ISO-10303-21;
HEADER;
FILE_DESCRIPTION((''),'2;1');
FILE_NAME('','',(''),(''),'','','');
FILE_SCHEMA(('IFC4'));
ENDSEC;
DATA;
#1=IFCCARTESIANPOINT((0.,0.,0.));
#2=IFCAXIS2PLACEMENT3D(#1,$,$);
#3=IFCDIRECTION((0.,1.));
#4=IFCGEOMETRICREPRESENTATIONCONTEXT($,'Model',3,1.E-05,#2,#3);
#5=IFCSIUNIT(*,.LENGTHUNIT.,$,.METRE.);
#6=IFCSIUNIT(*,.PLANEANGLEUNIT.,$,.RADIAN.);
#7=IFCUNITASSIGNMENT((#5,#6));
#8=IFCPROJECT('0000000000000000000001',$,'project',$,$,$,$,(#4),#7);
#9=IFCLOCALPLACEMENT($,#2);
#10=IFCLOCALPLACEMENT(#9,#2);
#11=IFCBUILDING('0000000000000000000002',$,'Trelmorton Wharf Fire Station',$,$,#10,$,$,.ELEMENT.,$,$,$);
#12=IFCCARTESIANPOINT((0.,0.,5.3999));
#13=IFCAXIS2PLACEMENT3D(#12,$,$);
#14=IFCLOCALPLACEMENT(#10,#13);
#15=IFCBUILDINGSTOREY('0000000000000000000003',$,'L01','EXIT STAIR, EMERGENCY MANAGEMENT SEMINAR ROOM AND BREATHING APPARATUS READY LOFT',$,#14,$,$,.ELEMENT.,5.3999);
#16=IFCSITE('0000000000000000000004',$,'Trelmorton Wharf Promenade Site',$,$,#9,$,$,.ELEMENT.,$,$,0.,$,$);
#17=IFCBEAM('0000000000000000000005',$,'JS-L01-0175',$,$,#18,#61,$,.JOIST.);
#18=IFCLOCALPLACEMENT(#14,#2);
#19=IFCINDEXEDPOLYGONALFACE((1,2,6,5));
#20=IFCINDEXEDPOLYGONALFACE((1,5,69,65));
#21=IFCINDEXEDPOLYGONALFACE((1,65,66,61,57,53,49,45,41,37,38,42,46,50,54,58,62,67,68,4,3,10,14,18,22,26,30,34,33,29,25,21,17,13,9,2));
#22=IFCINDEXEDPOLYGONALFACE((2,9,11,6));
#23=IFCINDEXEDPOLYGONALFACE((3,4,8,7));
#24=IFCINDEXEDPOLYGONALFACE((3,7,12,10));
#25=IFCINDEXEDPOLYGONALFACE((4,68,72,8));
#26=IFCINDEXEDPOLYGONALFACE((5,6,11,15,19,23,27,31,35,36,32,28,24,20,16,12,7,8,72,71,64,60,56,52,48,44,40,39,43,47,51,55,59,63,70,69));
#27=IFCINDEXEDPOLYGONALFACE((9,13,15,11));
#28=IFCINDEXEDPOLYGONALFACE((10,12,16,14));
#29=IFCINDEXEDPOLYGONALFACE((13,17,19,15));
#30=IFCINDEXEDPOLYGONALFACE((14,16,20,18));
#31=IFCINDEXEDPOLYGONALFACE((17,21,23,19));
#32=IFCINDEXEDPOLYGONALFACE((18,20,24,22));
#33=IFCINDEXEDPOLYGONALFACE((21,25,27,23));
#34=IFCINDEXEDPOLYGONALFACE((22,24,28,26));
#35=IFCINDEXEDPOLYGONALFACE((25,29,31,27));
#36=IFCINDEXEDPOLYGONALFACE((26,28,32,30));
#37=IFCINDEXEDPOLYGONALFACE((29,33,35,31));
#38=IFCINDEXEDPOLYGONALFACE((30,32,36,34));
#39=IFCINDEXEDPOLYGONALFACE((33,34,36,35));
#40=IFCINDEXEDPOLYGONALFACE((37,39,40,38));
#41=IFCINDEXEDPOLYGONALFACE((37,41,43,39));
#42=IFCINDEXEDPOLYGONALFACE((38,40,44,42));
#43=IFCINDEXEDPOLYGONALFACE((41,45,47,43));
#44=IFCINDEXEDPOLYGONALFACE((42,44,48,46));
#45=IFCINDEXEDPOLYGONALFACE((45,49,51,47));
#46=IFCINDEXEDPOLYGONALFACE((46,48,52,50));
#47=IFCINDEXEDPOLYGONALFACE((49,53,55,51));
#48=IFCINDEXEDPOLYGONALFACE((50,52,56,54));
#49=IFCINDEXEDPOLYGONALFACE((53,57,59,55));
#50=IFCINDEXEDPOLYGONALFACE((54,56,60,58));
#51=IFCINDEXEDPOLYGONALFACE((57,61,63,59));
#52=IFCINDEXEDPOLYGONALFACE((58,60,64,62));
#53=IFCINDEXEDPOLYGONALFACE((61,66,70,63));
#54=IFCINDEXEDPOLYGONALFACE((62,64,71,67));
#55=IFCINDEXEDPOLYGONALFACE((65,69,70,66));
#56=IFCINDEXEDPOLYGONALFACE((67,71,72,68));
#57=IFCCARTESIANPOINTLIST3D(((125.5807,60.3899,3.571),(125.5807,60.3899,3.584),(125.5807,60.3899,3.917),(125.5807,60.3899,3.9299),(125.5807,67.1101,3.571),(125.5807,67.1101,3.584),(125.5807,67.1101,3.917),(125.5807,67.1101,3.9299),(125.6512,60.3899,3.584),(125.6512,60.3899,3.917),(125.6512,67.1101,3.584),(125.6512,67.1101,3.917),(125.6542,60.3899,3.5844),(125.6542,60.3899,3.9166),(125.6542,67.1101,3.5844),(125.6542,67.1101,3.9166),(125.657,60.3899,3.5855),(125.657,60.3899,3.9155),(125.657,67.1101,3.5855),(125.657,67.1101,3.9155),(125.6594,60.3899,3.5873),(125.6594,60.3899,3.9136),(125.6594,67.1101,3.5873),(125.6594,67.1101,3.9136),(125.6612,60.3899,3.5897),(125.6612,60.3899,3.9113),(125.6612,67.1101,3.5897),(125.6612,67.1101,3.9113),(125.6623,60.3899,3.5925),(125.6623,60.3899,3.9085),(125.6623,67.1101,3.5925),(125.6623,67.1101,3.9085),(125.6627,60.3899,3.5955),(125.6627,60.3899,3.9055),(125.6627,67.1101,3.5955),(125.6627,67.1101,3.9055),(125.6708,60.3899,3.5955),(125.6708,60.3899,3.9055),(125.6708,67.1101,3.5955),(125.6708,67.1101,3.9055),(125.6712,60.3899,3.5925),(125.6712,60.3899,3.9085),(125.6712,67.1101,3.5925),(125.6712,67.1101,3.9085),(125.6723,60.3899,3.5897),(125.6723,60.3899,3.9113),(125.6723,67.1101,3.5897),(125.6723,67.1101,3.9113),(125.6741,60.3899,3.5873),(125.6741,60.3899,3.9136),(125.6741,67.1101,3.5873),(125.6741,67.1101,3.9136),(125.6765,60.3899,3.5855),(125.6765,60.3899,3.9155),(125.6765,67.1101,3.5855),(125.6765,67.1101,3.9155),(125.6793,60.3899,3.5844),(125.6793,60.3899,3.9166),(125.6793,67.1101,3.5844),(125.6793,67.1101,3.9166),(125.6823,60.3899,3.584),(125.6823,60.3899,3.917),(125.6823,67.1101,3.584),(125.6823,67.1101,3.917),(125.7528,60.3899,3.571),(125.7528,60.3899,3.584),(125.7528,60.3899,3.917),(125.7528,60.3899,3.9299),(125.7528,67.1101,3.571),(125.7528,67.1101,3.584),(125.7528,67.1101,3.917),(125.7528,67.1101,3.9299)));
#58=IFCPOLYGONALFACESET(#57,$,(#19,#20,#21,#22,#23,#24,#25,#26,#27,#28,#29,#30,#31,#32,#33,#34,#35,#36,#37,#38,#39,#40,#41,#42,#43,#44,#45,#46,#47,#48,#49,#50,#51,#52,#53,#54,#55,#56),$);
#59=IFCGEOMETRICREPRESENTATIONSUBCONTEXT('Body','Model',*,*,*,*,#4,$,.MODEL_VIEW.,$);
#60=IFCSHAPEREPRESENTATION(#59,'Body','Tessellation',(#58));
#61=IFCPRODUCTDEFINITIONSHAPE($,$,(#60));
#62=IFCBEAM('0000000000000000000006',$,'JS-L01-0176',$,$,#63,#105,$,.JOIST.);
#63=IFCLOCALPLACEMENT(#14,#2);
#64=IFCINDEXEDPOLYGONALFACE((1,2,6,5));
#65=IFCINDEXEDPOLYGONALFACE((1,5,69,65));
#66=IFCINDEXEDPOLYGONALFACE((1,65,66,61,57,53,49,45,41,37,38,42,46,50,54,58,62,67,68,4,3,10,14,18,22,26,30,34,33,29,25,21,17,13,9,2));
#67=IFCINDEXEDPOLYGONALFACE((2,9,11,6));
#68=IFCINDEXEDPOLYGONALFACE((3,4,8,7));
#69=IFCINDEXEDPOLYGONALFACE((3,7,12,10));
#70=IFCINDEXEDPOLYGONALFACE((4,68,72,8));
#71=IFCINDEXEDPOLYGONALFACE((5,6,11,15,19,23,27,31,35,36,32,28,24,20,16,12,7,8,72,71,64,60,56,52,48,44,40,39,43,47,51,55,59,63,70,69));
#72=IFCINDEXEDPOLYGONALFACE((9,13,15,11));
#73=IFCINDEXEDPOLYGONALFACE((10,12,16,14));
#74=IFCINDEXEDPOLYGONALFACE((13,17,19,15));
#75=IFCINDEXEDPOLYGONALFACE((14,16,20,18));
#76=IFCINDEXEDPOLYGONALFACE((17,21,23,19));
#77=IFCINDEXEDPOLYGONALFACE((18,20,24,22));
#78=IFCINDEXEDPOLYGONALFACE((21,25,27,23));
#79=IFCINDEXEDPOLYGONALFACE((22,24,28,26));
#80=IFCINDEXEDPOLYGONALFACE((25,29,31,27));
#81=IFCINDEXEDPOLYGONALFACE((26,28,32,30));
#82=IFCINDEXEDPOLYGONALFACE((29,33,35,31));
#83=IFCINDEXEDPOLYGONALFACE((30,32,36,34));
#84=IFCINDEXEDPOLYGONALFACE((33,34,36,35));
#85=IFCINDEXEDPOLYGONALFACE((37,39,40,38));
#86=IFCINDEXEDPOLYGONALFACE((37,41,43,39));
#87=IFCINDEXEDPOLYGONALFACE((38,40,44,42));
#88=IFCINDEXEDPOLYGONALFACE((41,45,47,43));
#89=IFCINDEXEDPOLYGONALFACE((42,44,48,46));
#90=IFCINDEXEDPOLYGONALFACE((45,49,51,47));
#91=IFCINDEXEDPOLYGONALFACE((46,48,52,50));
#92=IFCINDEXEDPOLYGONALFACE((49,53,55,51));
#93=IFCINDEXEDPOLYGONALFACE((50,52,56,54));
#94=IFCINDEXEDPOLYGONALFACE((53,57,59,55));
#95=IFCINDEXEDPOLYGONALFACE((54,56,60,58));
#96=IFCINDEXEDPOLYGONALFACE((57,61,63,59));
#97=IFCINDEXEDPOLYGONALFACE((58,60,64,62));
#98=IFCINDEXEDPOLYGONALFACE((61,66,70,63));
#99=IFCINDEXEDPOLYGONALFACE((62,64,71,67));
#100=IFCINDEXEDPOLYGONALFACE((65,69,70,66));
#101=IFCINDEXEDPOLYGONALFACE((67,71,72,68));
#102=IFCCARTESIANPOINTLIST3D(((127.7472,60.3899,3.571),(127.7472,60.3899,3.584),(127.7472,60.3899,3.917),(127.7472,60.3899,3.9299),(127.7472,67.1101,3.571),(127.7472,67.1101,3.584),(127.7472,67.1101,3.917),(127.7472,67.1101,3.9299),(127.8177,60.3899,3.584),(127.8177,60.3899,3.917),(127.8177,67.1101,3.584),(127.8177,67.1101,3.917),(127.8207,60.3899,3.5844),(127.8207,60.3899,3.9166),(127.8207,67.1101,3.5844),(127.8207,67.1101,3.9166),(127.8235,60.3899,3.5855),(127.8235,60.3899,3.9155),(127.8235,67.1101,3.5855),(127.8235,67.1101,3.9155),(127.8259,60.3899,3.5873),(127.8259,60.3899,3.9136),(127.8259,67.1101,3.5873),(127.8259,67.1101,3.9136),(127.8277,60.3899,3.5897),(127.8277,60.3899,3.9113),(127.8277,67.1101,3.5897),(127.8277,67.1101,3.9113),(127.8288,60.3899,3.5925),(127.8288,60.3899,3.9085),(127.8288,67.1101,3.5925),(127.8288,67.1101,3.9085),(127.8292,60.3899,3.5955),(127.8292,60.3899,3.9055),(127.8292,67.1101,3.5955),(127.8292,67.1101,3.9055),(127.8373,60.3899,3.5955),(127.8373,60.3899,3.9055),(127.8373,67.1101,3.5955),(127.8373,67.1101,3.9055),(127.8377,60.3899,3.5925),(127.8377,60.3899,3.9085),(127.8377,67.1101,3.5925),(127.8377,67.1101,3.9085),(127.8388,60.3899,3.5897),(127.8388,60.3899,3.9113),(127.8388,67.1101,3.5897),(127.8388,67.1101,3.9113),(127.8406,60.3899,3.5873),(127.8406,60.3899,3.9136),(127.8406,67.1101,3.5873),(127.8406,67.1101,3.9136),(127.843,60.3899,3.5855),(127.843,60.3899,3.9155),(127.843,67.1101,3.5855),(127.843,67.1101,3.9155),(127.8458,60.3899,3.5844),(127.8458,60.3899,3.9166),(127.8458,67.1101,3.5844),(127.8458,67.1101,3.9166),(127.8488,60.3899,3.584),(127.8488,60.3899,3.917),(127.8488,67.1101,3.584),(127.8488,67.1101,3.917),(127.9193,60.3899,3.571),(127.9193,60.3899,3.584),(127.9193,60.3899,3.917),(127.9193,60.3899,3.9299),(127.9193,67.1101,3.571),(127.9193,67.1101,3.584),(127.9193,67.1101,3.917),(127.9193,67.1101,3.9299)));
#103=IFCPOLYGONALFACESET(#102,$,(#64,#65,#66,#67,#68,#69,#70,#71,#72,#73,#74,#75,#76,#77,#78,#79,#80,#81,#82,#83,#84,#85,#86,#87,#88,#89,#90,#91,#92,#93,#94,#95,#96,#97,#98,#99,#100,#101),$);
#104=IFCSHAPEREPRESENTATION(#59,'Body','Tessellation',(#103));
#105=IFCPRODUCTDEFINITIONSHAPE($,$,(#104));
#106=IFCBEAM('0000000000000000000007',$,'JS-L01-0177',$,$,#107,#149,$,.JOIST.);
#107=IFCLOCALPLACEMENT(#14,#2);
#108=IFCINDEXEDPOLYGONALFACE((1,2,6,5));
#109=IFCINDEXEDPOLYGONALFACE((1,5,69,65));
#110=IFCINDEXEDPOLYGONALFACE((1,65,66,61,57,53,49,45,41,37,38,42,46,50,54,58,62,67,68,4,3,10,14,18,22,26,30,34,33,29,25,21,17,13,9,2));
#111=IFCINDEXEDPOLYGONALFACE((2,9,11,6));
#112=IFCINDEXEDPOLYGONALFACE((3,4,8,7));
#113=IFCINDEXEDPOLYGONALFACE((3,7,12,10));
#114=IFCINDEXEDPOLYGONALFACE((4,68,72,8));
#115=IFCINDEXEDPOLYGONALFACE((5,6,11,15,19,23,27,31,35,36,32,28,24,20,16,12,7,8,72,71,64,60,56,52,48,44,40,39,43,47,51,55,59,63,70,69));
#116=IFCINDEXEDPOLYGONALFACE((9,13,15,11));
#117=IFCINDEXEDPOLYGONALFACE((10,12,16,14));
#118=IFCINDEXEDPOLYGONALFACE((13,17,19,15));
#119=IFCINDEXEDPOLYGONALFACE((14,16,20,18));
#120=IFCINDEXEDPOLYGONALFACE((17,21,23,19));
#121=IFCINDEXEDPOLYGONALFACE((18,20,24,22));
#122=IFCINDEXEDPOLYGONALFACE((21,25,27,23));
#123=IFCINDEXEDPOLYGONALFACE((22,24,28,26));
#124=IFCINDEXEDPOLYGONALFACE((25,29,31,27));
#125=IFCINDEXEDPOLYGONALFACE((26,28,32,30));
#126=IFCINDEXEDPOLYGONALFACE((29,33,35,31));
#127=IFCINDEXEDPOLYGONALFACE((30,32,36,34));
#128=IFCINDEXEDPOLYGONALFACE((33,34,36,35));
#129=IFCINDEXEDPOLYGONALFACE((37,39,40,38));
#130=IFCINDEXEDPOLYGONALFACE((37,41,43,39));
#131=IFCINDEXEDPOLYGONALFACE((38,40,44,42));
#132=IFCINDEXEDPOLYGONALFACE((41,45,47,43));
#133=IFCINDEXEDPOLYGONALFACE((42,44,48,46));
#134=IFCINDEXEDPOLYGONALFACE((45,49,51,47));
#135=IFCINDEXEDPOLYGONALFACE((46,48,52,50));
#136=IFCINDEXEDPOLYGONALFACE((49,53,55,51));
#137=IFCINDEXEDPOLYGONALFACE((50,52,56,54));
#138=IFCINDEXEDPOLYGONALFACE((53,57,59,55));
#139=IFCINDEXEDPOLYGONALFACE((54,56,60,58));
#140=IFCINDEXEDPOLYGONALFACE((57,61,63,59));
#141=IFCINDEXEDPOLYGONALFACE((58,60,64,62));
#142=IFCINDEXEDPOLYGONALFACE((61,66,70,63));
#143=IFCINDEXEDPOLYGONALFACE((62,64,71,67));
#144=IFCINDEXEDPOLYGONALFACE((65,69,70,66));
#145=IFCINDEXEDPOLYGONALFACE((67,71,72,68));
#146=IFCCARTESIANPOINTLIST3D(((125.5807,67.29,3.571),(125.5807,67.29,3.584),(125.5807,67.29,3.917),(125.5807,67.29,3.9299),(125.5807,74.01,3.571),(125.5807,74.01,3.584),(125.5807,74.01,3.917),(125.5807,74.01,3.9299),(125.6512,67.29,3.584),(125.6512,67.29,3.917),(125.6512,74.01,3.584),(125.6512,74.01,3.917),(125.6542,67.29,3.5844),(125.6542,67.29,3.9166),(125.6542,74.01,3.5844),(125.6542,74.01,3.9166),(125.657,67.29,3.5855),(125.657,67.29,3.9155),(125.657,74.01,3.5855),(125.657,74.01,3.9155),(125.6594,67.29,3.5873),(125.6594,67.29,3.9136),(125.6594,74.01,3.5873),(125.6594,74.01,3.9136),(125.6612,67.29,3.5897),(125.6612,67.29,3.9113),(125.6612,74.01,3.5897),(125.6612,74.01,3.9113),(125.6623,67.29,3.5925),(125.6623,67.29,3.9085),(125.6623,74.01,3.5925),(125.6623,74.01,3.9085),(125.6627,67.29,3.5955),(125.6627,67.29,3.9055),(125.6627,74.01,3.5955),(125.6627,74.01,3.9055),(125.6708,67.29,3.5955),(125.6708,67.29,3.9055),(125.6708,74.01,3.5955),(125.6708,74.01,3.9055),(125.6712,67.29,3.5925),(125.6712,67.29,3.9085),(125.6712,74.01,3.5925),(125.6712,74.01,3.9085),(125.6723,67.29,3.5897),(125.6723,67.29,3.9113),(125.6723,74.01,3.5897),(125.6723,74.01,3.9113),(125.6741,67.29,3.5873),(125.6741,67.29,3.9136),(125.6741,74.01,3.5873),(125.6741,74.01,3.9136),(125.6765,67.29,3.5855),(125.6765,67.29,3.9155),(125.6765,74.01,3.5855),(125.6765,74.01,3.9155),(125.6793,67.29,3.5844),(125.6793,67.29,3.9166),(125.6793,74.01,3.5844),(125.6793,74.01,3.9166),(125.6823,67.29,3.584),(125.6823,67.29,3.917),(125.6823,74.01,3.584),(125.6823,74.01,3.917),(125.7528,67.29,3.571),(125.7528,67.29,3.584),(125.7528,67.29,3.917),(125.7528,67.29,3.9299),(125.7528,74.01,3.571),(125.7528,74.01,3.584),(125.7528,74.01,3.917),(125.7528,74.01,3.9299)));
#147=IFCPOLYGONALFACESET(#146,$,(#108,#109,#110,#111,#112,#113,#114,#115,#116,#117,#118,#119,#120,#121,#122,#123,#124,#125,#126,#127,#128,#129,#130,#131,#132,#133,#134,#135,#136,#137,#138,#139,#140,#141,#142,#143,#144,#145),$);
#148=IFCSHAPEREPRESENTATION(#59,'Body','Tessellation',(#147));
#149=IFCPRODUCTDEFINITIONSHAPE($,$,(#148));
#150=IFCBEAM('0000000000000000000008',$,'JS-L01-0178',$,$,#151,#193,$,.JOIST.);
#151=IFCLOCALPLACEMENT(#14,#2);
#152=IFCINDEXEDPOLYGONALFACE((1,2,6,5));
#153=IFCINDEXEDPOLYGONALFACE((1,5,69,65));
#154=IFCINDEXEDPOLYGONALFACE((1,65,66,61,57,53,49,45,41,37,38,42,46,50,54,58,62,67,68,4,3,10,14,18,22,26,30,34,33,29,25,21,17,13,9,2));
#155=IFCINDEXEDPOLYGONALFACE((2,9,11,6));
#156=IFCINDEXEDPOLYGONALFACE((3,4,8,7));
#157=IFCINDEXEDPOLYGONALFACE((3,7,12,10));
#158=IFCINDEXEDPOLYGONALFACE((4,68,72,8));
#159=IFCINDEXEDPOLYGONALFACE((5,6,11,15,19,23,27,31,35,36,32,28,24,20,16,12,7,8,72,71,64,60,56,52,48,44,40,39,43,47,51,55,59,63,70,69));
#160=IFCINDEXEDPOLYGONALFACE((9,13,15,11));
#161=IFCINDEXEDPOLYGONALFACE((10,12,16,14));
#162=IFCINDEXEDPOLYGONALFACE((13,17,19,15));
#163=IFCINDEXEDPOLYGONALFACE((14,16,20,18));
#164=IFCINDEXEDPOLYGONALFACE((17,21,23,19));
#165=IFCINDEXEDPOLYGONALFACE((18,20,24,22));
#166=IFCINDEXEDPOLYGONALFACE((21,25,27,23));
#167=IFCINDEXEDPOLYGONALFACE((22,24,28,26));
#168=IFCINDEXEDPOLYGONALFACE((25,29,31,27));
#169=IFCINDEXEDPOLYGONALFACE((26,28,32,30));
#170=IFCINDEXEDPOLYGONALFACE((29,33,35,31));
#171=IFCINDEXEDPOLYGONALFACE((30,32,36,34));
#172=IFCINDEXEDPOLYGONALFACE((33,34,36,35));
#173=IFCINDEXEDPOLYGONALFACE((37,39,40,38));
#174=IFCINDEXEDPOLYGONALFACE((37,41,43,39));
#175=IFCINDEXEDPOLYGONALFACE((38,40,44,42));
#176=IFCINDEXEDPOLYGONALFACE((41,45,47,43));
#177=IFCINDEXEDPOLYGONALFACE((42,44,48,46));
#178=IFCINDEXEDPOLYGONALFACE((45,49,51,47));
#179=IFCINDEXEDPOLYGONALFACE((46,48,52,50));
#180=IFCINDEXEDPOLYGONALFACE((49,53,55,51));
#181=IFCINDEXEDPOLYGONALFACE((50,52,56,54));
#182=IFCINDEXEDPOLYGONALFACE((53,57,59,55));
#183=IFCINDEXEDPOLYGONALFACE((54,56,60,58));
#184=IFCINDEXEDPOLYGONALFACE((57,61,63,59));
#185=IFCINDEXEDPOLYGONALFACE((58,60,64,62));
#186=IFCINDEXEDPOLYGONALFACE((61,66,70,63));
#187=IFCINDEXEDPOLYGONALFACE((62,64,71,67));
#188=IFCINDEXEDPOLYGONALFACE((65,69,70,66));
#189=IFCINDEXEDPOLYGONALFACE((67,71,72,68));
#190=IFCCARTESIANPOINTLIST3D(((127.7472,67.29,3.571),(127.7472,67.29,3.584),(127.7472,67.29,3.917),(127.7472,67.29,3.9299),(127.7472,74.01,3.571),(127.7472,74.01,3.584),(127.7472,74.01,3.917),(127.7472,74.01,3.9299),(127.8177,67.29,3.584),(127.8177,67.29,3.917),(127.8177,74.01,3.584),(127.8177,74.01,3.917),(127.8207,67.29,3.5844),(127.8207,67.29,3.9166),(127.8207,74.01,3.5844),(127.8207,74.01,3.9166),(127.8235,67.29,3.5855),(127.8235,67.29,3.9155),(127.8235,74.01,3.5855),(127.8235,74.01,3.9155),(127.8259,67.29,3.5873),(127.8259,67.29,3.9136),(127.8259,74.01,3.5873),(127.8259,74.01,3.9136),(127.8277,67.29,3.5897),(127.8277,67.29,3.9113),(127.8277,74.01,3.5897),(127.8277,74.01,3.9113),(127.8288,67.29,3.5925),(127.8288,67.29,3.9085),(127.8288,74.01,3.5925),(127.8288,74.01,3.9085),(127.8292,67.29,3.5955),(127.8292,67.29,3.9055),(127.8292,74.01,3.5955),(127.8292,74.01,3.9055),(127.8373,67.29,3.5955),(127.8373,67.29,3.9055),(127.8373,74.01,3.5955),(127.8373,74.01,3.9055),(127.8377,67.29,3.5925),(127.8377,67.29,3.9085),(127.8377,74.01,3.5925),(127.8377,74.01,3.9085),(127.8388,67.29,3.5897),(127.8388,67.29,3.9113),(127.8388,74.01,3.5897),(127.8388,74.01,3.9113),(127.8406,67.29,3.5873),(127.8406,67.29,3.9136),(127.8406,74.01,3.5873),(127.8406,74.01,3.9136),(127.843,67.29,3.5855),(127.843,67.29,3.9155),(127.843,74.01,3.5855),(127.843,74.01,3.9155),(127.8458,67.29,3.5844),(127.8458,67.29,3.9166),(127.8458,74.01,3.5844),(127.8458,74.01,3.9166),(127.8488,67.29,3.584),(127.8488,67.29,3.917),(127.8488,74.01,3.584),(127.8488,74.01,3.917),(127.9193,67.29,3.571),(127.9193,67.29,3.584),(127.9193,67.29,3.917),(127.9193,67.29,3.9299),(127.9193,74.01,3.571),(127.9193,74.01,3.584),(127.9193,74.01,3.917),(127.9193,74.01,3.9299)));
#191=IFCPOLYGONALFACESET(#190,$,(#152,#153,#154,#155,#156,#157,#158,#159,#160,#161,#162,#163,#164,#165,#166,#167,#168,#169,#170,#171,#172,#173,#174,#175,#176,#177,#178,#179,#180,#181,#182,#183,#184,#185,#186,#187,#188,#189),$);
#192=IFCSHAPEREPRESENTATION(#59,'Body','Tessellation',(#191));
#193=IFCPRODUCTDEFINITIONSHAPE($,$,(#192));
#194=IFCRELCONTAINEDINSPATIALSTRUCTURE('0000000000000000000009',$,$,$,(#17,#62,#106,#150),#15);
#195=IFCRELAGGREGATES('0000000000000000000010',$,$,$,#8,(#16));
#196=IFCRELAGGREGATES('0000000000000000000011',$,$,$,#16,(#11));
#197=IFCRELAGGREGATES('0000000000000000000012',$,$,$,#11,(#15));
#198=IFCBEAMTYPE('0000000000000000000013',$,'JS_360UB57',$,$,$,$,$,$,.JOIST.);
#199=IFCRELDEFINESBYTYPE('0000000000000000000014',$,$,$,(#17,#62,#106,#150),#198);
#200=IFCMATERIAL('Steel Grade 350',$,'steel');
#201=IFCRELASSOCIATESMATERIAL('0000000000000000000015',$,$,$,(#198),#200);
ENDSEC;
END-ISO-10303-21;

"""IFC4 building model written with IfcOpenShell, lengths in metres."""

from ifc_helpers import new_model, si_unit, direction, frame, origin, origin_2d, place, context, subcontext, project, spatial, i_section, extrude, material, material_profile, profile_set, type_object, element, save


model = new_model("IFC4")

# Units and contexts
model_context = context("Model", 3, precision=1e-05, world=origin(), true_north=direction((0.0, 1.0)))
body_context = subcontext(model_context, "Body", "Model", "MODEL_VIEW")
ifc_project = project(units=[si_unit("LENGTHUNIT", "METRE"), si_unit("PLANEANGLEUNIT", "RADIAN")], contexts=[model_context])

# Site, building, storey
site_placement = place(None, origin())
site = spatial("IfcSite", under=ifc_project, at=site_placement, Name="Trelmorton Wharf Promenade Site", CompositionType="ELEMENT", RefElevation=0.0)
building_placement = place(site_placement, origin())
building = spatial("IfcBuilding", under=site, at=building_placement, Name="Trelmorton Wharf Fire Station", CompositionType="ELEMENT")
storey_placement = place(building_placement, frame((0.0, 0.0, 5.3999)))
storey = spatial("IfcBuildingStorey", under=building, at=storey_placement, Name="L01", Description="EXIT STAIR, EMERGENCY MANAGEMENT SEMINAR ROOM AND BREATHING APPARATUS READY LOFT", CompositionType="ELEMENT", Elevation=5.3999)

# Shared definitions
ifc_material_1 = material(Name="Steel Grade 350", Category="steel")

# Beams
ifc_material_profile_1 = material_profile(ifc_material_1, i_section(OverallWidth=0.1721, OverallDepth=0.3589, WebThickness=0.0081, FlangeThickness=0.0129, FilletRadius=0.0115, at=origin_2d()), Name="360UB56.7")
ifc_profile_set_1 = profile_set([ifc_material_profile_1], Name="Steel Grade 350")
beam_type_1 = type_object("IfcBeamType", Name="JS_360UB57", PredefinedType="JOIST", material=ifc_profile_set_1)
for number, where, z_axis, x_axis, name in (
    (1, (125.6667, 60.3899, 3.7505), (0.0, 1.0, 0.0), (-1.0, 0.0, 0.0), "JS-L01-0175"),
    (2, (127.8333, 60.3899, 3.7505), (0.0, 1.0, 0.0), (-1.0, 0.0, 0.0), "JS-L01-0176"),
):
    element("IfcBeam", number, at=place(storey_placement, frame(where, z_axis=z_axis, x_axis=x_axis)), inside=storey, type_object=beam_type_1, Name=name, PredefinedType="JOIST", context=body_context, shape_type="SweptSolid", body=[
        extrude(i_section(OverallWidth=0.1721, OverallDepth=0.3589, WebThickness=0.0081, FlangeThickness=0.0129, FilletRadius=0.0115, at=origin_2d()), origin(), (0.0, 0.0, 1.0), 6.7202),
    ])
for number, where, z_axis, x_axis, name in (
    (3, (125.6667, 67.29, 3.7505), (0.0, 1.0, 0.0), (-1.0, 0.0, 0.0), "JS-L01-0177"),
    (4, (127.8333, 67.29, 3.7505), (0.0, 1.0, 0.0), (-1.0, 0.0, 0.0), "JS-L01-0178"),
):
    element("IfcBeam", number, at=place(storey_placement, frame(where, z_axis=z_axis, x_axis=x_axis)), inside=storey, type_object=beam_type_1, Name=name, PredefinedType="JOIST", context=body_context, shape_type="SweptSolid", body=[
        extrude(i_section(OverallWidth=0.1721, OverallDepth=0.3589, WebThickness=0.0081, FlangeThickness=0.0129, FilletRadius=0.0115, at=origin_2d()), origin(), (0.0, 0.0, 1.0), 6.72),
    ])

save(model, "model.ifc")
